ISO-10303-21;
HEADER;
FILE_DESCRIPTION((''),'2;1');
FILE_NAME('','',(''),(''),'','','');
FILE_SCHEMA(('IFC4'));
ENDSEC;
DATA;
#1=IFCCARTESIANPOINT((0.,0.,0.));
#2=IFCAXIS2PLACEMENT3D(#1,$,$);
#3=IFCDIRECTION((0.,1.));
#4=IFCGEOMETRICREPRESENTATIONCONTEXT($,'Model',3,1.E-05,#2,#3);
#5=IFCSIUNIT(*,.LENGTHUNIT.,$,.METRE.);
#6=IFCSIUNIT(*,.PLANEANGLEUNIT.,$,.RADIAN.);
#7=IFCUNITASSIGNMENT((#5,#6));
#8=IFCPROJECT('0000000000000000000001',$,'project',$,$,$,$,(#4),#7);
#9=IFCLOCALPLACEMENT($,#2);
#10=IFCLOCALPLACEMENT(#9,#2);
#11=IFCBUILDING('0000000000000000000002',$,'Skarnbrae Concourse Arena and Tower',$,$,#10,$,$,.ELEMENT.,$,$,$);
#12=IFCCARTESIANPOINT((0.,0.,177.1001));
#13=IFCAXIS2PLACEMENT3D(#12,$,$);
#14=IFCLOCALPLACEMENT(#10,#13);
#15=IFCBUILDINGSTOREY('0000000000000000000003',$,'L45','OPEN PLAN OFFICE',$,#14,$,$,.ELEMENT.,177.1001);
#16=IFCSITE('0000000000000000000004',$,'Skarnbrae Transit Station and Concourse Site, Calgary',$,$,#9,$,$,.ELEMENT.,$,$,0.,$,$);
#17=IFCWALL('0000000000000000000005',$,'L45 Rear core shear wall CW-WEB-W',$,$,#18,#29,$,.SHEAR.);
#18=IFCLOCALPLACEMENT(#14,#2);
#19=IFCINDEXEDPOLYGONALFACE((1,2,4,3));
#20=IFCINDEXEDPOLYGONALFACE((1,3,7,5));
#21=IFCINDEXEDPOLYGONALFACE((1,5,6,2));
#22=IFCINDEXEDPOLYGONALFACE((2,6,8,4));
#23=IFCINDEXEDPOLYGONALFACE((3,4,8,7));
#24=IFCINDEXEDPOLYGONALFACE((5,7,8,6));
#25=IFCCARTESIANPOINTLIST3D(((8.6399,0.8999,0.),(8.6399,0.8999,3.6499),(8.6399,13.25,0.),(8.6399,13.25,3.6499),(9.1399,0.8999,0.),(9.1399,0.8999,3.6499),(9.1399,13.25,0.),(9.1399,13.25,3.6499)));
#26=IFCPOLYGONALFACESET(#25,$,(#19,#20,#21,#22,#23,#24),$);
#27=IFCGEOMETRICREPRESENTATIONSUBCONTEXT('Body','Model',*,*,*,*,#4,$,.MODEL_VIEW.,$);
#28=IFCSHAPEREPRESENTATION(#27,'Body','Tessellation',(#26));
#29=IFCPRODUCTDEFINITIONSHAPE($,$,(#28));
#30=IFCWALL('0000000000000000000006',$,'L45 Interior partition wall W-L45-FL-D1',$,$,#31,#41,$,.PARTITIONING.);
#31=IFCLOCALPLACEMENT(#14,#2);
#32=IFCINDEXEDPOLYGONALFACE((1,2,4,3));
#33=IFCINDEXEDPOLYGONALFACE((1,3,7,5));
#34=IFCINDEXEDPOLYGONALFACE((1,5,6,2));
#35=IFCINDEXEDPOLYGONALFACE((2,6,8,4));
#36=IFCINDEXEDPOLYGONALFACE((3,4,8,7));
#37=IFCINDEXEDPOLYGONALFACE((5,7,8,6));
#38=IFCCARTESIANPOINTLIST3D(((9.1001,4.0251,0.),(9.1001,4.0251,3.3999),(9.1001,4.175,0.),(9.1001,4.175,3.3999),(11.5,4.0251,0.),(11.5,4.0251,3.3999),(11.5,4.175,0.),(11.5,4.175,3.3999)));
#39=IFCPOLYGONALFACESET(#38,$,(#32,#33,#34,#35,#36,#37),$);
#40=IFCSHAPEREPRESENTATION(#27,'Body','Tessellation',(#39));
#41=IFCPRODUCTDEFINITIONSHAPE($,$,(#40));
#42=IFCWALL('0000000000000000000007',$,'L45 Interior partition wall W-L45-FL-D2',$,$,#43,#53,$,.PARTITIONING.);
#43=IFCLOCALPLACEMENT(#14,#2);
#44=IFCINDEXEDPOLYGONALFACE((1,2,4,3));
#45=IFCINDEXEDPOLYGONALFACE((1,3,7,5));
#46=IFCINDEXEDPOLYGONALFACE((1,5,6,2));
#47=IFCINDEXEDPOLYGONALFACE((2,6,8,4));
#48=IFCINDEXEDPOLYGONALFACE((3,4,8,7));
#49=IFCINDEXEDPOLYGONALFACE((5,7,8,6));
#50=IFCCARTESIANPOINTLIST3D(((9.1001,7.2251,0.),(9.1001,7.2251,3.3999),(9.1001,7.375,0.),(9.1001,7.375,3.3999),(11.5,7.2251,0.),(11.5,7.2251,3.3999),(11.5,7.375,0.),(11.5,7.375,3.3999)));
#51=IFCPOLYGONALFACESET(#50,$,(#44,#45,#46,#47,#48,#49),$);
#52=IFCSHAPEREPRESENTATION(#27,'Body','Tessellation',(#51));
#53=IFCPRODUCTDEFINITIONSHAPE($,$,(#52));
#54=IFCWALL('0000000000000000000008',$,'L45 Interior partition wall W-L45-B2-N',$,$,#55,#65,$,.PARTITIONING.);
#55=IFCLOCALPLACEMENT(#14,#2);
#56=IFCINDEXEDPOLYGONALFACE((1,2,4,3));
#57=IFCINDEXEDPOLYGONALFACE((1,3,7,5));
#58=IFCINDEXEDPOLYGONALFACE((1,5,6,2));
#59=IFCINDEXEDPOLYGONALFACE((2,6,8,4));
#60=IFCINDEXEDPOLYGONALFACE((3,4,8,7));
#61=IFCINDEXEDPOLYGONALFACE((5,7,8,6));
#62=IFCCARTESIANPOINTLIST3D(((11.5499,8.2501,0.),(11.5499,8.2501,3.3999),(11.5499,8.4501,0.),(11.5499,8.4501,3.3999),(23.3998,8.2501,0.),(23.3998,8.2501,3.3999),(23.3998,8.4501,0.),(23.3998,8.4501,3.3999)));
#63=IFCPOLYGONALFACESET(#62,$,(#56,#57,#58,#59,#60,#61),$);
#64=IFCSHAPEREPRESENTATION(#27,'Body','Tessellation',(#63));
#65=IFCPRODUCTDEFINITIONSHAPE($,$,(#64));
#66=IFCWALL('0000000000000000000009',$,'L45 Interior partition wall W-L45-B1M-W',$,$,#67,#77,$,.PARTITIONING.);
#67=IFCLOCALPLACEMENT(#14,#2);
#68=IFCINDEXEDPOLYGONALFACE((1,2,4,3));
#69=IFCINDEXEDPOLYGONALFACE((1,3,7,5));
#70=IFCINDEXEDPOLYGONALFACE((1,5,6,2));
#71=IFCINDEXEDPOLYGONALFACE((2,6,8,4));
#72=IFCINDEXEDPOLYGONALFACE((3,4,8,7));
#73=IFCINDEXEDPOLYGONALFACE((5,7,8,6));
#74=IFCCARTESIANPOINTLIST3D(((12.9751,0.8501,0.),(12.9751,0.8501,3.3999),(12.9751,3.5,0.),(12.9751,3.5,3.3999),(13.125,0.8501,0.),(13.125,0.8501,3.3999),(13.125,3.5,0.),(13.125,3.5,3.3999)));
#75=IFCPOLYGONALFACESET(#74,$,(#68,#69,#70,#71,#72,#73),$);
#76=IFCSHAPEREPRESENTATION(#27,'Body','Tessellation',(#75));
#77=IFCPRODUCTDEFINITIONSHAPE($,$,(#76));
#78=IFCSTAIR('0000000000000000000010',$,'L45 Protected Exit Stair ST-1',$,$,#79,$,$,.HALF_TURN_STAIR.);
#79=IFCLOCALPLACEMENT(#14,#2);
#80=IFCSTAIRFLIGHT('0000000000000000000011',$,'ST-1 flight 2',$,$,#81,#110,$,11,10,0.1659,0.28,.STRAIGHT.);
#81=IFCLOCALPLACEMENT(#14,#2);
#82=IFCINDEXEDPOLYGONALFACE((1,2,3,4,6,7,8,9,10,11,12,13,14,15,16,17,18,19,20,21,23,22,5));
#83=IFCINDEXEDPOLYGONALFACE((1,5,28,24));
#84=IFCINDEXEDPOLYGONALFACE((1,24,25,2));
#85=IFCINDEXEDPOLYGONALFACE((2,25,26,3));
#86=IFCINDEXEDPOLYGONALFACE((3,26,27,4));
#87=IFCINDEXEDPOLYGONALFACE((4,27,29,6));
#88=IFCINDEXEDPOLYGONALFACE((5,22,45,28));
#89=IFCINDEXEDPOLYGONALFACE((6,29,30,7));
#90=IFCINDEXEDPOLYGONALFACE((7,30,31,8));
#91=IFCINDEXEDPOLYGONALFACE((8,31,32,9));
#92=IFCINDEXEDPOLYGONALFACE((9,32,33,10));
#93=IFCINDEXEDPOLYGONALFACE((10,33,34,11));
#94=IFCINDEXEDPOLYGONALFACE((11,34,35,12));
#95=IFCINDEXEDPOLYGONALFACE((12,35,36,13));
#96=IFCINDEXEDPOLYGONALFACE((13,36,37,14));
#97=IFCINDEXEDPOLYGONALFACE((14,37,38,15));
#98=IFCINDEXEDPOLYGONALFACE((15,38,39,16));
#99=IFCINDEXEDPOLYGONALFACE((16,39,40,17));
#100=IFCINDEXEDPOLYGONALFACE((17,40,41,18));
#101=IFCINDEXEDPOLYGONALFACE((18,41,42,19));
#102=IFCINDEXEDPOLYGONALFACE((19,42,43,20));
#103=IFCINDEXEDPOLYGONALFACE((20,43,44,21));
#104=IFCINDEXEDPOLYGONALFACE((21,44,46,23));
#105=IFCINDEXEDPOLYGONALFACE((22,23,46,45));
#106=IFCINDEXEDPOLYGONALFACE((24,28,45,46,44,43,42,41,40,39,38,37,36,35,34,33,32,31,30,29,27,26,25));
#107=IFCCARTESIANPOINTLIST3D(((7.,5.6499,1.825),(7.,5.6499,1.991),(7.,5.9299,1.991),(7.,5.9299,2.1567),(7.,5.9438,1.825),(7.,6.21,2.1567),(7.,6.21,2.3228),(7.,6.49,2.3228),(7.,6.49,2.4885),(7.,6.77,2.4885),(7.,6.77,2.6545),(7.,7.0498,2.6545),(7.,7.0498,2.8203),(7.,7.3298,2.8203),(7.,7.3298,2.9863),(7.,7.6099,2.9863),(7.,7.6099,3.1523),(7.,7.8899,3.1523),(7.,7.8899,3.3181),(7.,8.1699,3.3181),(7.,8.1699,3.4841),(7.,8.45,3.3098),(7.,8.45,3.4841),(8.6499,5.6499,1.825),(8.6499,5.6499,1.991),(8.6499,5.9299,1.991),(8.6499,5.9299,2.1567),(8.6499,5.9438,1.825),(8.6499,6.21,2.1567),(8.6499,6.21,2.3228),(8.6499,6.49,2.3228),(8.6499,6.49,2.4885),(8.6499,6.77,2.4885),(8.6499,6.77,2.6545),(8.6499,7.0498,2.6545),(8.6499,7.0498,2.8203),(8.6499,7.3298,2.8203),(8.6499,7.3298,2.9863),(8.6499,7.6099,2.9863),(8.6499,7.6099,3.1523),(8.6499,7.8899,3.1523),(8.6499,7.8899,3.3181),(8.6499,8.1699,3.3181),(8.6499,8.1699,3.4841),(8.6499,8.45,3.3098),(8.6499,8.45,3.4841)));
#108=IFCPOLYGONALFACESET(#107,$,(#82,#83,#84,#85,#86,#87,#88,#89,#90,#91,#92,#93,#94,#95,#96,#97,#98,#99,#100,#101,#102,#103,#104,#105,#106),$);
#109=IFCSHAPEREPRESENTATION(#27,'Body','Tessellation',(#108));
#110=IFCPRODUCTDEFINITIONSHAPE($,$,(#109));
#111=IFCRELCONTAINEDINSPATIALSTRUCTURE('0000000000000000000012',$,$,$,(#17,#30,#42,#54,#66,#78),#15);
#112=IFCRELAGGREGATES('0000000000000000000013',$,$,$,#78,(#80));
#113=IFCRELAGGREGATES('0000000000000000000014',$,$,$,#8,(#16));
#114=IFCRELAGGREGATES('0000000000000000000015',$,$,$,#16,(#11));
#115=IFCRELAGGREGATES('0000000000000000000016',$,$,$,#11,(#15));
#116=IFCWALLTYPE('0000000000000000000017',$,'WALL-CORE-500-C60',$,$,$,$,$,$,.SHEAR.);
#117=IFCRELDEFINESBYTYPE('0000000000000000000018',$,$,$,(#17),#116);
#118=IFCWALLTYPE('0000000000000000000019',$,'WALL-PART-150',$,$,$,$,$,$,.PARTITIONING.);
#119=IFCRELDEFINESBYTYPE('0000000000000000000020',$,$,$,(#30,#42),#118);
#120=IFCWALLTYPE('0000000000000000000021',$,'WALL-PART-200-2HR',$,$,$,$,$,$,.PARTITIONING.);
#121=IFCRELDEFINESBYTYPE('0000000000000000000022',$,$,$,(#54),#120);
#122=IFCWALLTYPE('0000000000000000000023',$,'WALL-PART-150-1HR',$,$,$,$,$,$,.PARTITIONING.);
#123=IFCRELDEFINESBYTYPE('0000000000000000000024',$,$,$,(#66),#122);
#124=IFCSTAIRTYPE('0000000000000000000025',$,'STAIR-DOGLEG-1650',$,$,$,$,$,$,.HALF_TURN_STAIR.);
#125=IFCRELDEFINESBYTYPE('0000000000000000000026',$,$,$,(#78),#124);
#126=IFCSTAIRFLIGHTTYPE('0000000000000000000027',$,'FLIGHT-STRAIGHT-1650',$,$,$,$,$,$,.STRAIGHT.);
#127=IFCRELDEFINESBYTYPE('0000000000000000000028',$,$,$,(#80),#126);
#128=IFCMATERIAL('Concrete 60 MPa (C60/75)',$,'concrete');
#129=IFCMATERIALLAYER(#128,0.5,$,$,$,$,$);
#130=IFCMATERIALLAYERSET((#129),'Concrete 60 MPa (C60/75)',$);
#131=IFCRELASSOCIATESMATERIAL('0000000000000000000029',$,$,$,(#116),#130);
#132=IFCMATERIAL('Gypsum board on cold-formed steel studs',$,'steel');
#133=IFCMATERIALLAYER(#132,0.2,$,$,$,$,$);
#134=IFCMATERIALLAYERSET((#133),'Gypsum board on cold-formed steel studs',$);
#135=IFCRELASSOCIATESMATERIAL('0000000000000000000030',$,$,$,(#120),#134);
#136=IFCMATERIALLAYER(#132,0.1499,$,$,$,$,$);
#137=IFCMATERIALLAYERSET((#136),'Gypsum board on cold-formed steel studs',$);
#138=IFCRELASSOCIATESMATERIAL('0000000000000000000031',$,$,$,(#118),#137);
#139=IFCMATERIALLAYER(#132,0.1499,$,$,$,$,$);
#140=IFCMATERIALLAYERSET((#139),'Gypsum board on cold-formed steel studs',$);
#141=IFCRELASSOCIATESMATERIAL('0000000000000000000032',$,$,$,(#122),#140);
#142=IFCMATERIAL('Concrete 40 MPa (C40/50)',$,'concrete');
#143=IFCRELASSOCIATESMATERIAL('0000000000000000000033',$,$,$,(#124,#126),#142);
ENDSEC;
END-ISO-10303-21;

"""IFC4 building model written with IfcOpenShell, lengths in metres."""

from ifc_helpers import new_model, si_unit, direction, frame, frame_2d, origin, place, context, subcontext, project, spatial, polyline, rectangle, outline, extrude, source, transform, mapped, material, layer, layer_set, type_object, element, aggregate, save


model = new_model("IFC4")

# Units and contexts
model_context = context("Model", 3, precision=1e-05, world=origin(), true_north=direction((0.0, 1.0)))
body_context = subcontext(model_context, "Body", "Model", "MODEL_VIEW")
ifc_project = project(units=[si_unit("LENGTHUNIT", "METRE"), si_unit("PLANEANGLEUNIT", "RADIAN")], contexts=[model_context])

# Site, building, storey
site_placement = place(None, origin())
site = spatial("IfcSite", under=ifc_project, at=site_placement, Name="Skarnbrae Transit Station and Concourse Site, Calgary", CompositionType="ELEMENT", RefElevation=0.0)
building_placement = place(site_placement, origin())
building = spatial("IfcBuilding", under=site, at=building_placement, Name="Skarnbrae Concourse Arena and Tower", CompositionType="ELEMENT")
storey_placement = place(building_placement, frame((0.0, 0.0, 177.1001)))
storey = spatial("IfcBuildingStorey", under=building, at=storey_placement, Name="L45", Description="OPEN PLAN OFFICE", CompositionType="ELEMENT", Elevation=177.1001)

# Wall
ifc_material_1 = material(Name="Concrete 60 MPa (C60/75)", Category="concrete")
ifc_layer_1 = layer(ifc_material_1, 0.5)
ifc_layer_set_1 = layer_set([ifc_layer_1], Name="Concrete 60 MPa (C60/75)")
wall_type_1 = type_object("IfcWallType", Name="WALL-CORE-500-C60", PredefinedType="SHEAR", material=ifc_layer_set_1)
shared_shape_1 = source(origin(), body_context, "Body", "SweptSolid", [
    extrude(rectangle(XDim=12.3501, YDim=0.5, at=frame_2d((6.175, 0.0))), origin(), (0.0, 0.0, 1.0), 3.6499),
])
wall_1_placement = place(storey_placement, frame((8.8899, 0.8999, 0.0), z_axis=(0.0, 0.0, 1.0), x_axis=(0.0, 1.0, 0.0)))
element("IfcWall", 1, at=wall_1_placement, inside=storey, type_object=wall_type_1, Name="L45 Rear core shear wall CW-WEB-W", PredefinedType="SHEAR", context=body_context, shape_type="MappedRepresentation", body=[
    mapped(shared_shape_1, transform((0.0, 0.0, 0.0))),
])

# Shared definitions
ifc_material_2 = material(Name="Gypsum board on cold-formed steel studs", Category="steel")
ifc_layer_2 = layer(ifc_material_2, 0.2)
ifc_layer_set_2 = layer_set([ifc_layer_2], Name="Gypsum board on cold-formed steel studs")
wall_type_2 = type_object("IfcWallType", Name="WALL-PART-200-2HR", PredefinedType="PARTITIONING", material=ifc_layer_set_2)

# Walls
ifc_layer_3 = layer(ifc_material_2, 0.1499)
ifc_layer_set_3 = layer_set([ifc_layer_3], Name="Gypsum board on cold-formed steel studs")
wall_type_3 = type_object("IfcWallType", Name="WALL-PART-150", PredefinedType="PARTITIONING", material=ifc_layer_set_3)
shared_shape_2 = source(origin(), body_context, "Body", "SweptSolid", [
    extrude(rectangle(XDim=2.3999, YDim=0.1499, at=frame_2d((1.2, 0.0))), origin(), (0.0, 0.0, 1.0), 3.3999),
])
for number, where, z_axis, x_axis, name in (
    (2, (9.1001, 4.1001, 0.0), (0.0, 0.0, 1.0), (1.0, 0.0, 0.0), "L45 Interior partition wall W-L45-FL-D1"),
    (3, (9.1001, 7.3, 0.0), (0.0, 0.0, 1.0), (1.0, 0.0, 0.0), "L45 Interior partition wall W-L45-FL-D2"),
):
    element("IfcWall", number, at=place(storey_placement, frame(where, z_axis=z_axis, x_axis=x_axis)), inside=storey, type_object=wall_type_3, Name=name, PredefinedType="PARTITIONING", context=body_context, shape_type="MappedRepresentation", body=[
        mapped(shared_shape_2, transform((0.0, 0.0, 0.0))),
    ])

# Shared definitions
shared_shape_3 = source(origin(), body_context, "Body", "SweptSolid", [
    extrude(rectangle(XDim=11.8499, YDim=0.2, at=frame_2d((5.9248, 0.0))), origin(), (0.0, 0.0, 1.0), 3.3999),
])

# Walls
wall_2_placement = place(storey_placement, frame((11.55, 8.3501, 0.0), z_axis=(0.0, 0.0, 1.0), x_axis=(1.0, 0.0, 0.0)))
element("IfcWall", 4, at=wall_2_placement, inside=storey, type_object=wall_type_2, Name="L45 Interior partition wall W-L45-B2-N", PredefinedType="PARTITIONING", context=body_context, shape_type="MappedRepresentation", body=[
    mapped(shared_shape_3, transform((0.0, 0.0, 0.0))),
])
ifc_layer_4 = layer(ifc_material_2, 0.1499)
ifc_layer_set_4 = layer_set([ifc_layer_4], Name="Gypsum board on cold-formed steel studs")
wall_type_4 = type_object("IfcWallType", Name="WALL-PART-150-1HR", PredefinedType="PARTITIONING", material=ifc_layer_set_4)
shared_shape_4 = source(origin(), body_context, "Body", "SweptSolid", [
    extrude(rectangle(XDim=2.6499, YDim=0.1499, at=frame_2d((1.325, 0.0))), origin(), (0.0, 0.0, 1.0), 3.3999),
])
wall_3_placement = place(storey_placement, frame((13.05, 0.8501, 0.0), z_axis=(0.0, 0.0, 1.0), x_axis=(0.0, 1.0, 0.0)))
element("IfcWall", 5, at=wall_3_placement, inside=storey, type_object=wall_type_4, Name="L45 Interior partition wall W-L45-B1M-W", PredefinedType="PARTITIONING", context=body_context, shape_type="MappedRepresentation", body=[
    mapped(shared_shape_4, transform((0.0, 0.0, 0.0))),
])

# Stair, stair flight
ifc_material_3 = material(Name="Concrete 40 MPa (C40/50)", Category="concrete")
stair_type = type_object("IfcStairType", Name="STAIR-DOGLEG-1650", PredefinedType="HALF_TURN_STAIR", material=ifc_material_3)
stair_placement = place(storey_placement, origin())
stair = element("IfcStair", 6, at=stair_placement, inside=storey, type_object=stair_type, Name="L45 Protected Exit Stair ST-1", PredefinedType="HALF_TURN_STAIR")
stair_flight_type = type_object("IfcStairFlightType", Name="FLIGHT-STRAIGHT-1650", PredefinedType="STRAIGHT", material=ifc_material_3)
shared_shape_5 = source(origin(), body_context, "Body", "SweptSolid", [
    extrude(outline(polyline([(0.0, 0.0), (0.0, 0.166), (0.28, 0.166), (0.28, 0.3318), (0.5601, 0.3318), (0.5601, 0.4978), (0.8401, 0.4978), (0.8401, 0.6636), (1.1201, 0.6636), (1.1201, 0.8296), (1.3999, 0.8296), (1.3999, 0.9954), (1.6799, 0.9954), (1.6799, 1.1614), (1.96, 1.1614), (1.96, 1.3274), (2.24, 1.3274), (2.24, 1.4932), (2.52, 1.4932), (2.52, 1.6592), (2.8, 1.6592), (2.8, 1.825), (2.8, 1.4849), (0.2939, 0.0), (0.0, 0.0)])), frame((0.0, 0.825, 0.0), z_axis=(0.0, -1.0, 0.0), x_axis=(1.0, 0.0, 0.0)), (0.0, 0.0, 1.0), 1.6499),
])
stair_flight_placement = place(storey_placement, frame((7.825, 5.6499, 1.825), z_axis=(0.0, 0.0, 1.0), x_axis=(0.0, 1.0, 0.0)))
stair_flight = element("IfcStairFlight", 7, at=stair_flight_placement, type_object=stair_flight_type, Name="ST-1 flight 2", NumberOfRisers=11, NumberOfTreads=10, PredefinedType="STRAIGHT", RiserHeight=0.1659, TreadLength=0.28, context=body_context, shape_type="MappedRepresentation", body=[
    mapped(shared_shape_5, transform((0.0, 0.0, 0.0))),
])
aggregate(stair, [stair_flight])

save(model, "model.ifc")
